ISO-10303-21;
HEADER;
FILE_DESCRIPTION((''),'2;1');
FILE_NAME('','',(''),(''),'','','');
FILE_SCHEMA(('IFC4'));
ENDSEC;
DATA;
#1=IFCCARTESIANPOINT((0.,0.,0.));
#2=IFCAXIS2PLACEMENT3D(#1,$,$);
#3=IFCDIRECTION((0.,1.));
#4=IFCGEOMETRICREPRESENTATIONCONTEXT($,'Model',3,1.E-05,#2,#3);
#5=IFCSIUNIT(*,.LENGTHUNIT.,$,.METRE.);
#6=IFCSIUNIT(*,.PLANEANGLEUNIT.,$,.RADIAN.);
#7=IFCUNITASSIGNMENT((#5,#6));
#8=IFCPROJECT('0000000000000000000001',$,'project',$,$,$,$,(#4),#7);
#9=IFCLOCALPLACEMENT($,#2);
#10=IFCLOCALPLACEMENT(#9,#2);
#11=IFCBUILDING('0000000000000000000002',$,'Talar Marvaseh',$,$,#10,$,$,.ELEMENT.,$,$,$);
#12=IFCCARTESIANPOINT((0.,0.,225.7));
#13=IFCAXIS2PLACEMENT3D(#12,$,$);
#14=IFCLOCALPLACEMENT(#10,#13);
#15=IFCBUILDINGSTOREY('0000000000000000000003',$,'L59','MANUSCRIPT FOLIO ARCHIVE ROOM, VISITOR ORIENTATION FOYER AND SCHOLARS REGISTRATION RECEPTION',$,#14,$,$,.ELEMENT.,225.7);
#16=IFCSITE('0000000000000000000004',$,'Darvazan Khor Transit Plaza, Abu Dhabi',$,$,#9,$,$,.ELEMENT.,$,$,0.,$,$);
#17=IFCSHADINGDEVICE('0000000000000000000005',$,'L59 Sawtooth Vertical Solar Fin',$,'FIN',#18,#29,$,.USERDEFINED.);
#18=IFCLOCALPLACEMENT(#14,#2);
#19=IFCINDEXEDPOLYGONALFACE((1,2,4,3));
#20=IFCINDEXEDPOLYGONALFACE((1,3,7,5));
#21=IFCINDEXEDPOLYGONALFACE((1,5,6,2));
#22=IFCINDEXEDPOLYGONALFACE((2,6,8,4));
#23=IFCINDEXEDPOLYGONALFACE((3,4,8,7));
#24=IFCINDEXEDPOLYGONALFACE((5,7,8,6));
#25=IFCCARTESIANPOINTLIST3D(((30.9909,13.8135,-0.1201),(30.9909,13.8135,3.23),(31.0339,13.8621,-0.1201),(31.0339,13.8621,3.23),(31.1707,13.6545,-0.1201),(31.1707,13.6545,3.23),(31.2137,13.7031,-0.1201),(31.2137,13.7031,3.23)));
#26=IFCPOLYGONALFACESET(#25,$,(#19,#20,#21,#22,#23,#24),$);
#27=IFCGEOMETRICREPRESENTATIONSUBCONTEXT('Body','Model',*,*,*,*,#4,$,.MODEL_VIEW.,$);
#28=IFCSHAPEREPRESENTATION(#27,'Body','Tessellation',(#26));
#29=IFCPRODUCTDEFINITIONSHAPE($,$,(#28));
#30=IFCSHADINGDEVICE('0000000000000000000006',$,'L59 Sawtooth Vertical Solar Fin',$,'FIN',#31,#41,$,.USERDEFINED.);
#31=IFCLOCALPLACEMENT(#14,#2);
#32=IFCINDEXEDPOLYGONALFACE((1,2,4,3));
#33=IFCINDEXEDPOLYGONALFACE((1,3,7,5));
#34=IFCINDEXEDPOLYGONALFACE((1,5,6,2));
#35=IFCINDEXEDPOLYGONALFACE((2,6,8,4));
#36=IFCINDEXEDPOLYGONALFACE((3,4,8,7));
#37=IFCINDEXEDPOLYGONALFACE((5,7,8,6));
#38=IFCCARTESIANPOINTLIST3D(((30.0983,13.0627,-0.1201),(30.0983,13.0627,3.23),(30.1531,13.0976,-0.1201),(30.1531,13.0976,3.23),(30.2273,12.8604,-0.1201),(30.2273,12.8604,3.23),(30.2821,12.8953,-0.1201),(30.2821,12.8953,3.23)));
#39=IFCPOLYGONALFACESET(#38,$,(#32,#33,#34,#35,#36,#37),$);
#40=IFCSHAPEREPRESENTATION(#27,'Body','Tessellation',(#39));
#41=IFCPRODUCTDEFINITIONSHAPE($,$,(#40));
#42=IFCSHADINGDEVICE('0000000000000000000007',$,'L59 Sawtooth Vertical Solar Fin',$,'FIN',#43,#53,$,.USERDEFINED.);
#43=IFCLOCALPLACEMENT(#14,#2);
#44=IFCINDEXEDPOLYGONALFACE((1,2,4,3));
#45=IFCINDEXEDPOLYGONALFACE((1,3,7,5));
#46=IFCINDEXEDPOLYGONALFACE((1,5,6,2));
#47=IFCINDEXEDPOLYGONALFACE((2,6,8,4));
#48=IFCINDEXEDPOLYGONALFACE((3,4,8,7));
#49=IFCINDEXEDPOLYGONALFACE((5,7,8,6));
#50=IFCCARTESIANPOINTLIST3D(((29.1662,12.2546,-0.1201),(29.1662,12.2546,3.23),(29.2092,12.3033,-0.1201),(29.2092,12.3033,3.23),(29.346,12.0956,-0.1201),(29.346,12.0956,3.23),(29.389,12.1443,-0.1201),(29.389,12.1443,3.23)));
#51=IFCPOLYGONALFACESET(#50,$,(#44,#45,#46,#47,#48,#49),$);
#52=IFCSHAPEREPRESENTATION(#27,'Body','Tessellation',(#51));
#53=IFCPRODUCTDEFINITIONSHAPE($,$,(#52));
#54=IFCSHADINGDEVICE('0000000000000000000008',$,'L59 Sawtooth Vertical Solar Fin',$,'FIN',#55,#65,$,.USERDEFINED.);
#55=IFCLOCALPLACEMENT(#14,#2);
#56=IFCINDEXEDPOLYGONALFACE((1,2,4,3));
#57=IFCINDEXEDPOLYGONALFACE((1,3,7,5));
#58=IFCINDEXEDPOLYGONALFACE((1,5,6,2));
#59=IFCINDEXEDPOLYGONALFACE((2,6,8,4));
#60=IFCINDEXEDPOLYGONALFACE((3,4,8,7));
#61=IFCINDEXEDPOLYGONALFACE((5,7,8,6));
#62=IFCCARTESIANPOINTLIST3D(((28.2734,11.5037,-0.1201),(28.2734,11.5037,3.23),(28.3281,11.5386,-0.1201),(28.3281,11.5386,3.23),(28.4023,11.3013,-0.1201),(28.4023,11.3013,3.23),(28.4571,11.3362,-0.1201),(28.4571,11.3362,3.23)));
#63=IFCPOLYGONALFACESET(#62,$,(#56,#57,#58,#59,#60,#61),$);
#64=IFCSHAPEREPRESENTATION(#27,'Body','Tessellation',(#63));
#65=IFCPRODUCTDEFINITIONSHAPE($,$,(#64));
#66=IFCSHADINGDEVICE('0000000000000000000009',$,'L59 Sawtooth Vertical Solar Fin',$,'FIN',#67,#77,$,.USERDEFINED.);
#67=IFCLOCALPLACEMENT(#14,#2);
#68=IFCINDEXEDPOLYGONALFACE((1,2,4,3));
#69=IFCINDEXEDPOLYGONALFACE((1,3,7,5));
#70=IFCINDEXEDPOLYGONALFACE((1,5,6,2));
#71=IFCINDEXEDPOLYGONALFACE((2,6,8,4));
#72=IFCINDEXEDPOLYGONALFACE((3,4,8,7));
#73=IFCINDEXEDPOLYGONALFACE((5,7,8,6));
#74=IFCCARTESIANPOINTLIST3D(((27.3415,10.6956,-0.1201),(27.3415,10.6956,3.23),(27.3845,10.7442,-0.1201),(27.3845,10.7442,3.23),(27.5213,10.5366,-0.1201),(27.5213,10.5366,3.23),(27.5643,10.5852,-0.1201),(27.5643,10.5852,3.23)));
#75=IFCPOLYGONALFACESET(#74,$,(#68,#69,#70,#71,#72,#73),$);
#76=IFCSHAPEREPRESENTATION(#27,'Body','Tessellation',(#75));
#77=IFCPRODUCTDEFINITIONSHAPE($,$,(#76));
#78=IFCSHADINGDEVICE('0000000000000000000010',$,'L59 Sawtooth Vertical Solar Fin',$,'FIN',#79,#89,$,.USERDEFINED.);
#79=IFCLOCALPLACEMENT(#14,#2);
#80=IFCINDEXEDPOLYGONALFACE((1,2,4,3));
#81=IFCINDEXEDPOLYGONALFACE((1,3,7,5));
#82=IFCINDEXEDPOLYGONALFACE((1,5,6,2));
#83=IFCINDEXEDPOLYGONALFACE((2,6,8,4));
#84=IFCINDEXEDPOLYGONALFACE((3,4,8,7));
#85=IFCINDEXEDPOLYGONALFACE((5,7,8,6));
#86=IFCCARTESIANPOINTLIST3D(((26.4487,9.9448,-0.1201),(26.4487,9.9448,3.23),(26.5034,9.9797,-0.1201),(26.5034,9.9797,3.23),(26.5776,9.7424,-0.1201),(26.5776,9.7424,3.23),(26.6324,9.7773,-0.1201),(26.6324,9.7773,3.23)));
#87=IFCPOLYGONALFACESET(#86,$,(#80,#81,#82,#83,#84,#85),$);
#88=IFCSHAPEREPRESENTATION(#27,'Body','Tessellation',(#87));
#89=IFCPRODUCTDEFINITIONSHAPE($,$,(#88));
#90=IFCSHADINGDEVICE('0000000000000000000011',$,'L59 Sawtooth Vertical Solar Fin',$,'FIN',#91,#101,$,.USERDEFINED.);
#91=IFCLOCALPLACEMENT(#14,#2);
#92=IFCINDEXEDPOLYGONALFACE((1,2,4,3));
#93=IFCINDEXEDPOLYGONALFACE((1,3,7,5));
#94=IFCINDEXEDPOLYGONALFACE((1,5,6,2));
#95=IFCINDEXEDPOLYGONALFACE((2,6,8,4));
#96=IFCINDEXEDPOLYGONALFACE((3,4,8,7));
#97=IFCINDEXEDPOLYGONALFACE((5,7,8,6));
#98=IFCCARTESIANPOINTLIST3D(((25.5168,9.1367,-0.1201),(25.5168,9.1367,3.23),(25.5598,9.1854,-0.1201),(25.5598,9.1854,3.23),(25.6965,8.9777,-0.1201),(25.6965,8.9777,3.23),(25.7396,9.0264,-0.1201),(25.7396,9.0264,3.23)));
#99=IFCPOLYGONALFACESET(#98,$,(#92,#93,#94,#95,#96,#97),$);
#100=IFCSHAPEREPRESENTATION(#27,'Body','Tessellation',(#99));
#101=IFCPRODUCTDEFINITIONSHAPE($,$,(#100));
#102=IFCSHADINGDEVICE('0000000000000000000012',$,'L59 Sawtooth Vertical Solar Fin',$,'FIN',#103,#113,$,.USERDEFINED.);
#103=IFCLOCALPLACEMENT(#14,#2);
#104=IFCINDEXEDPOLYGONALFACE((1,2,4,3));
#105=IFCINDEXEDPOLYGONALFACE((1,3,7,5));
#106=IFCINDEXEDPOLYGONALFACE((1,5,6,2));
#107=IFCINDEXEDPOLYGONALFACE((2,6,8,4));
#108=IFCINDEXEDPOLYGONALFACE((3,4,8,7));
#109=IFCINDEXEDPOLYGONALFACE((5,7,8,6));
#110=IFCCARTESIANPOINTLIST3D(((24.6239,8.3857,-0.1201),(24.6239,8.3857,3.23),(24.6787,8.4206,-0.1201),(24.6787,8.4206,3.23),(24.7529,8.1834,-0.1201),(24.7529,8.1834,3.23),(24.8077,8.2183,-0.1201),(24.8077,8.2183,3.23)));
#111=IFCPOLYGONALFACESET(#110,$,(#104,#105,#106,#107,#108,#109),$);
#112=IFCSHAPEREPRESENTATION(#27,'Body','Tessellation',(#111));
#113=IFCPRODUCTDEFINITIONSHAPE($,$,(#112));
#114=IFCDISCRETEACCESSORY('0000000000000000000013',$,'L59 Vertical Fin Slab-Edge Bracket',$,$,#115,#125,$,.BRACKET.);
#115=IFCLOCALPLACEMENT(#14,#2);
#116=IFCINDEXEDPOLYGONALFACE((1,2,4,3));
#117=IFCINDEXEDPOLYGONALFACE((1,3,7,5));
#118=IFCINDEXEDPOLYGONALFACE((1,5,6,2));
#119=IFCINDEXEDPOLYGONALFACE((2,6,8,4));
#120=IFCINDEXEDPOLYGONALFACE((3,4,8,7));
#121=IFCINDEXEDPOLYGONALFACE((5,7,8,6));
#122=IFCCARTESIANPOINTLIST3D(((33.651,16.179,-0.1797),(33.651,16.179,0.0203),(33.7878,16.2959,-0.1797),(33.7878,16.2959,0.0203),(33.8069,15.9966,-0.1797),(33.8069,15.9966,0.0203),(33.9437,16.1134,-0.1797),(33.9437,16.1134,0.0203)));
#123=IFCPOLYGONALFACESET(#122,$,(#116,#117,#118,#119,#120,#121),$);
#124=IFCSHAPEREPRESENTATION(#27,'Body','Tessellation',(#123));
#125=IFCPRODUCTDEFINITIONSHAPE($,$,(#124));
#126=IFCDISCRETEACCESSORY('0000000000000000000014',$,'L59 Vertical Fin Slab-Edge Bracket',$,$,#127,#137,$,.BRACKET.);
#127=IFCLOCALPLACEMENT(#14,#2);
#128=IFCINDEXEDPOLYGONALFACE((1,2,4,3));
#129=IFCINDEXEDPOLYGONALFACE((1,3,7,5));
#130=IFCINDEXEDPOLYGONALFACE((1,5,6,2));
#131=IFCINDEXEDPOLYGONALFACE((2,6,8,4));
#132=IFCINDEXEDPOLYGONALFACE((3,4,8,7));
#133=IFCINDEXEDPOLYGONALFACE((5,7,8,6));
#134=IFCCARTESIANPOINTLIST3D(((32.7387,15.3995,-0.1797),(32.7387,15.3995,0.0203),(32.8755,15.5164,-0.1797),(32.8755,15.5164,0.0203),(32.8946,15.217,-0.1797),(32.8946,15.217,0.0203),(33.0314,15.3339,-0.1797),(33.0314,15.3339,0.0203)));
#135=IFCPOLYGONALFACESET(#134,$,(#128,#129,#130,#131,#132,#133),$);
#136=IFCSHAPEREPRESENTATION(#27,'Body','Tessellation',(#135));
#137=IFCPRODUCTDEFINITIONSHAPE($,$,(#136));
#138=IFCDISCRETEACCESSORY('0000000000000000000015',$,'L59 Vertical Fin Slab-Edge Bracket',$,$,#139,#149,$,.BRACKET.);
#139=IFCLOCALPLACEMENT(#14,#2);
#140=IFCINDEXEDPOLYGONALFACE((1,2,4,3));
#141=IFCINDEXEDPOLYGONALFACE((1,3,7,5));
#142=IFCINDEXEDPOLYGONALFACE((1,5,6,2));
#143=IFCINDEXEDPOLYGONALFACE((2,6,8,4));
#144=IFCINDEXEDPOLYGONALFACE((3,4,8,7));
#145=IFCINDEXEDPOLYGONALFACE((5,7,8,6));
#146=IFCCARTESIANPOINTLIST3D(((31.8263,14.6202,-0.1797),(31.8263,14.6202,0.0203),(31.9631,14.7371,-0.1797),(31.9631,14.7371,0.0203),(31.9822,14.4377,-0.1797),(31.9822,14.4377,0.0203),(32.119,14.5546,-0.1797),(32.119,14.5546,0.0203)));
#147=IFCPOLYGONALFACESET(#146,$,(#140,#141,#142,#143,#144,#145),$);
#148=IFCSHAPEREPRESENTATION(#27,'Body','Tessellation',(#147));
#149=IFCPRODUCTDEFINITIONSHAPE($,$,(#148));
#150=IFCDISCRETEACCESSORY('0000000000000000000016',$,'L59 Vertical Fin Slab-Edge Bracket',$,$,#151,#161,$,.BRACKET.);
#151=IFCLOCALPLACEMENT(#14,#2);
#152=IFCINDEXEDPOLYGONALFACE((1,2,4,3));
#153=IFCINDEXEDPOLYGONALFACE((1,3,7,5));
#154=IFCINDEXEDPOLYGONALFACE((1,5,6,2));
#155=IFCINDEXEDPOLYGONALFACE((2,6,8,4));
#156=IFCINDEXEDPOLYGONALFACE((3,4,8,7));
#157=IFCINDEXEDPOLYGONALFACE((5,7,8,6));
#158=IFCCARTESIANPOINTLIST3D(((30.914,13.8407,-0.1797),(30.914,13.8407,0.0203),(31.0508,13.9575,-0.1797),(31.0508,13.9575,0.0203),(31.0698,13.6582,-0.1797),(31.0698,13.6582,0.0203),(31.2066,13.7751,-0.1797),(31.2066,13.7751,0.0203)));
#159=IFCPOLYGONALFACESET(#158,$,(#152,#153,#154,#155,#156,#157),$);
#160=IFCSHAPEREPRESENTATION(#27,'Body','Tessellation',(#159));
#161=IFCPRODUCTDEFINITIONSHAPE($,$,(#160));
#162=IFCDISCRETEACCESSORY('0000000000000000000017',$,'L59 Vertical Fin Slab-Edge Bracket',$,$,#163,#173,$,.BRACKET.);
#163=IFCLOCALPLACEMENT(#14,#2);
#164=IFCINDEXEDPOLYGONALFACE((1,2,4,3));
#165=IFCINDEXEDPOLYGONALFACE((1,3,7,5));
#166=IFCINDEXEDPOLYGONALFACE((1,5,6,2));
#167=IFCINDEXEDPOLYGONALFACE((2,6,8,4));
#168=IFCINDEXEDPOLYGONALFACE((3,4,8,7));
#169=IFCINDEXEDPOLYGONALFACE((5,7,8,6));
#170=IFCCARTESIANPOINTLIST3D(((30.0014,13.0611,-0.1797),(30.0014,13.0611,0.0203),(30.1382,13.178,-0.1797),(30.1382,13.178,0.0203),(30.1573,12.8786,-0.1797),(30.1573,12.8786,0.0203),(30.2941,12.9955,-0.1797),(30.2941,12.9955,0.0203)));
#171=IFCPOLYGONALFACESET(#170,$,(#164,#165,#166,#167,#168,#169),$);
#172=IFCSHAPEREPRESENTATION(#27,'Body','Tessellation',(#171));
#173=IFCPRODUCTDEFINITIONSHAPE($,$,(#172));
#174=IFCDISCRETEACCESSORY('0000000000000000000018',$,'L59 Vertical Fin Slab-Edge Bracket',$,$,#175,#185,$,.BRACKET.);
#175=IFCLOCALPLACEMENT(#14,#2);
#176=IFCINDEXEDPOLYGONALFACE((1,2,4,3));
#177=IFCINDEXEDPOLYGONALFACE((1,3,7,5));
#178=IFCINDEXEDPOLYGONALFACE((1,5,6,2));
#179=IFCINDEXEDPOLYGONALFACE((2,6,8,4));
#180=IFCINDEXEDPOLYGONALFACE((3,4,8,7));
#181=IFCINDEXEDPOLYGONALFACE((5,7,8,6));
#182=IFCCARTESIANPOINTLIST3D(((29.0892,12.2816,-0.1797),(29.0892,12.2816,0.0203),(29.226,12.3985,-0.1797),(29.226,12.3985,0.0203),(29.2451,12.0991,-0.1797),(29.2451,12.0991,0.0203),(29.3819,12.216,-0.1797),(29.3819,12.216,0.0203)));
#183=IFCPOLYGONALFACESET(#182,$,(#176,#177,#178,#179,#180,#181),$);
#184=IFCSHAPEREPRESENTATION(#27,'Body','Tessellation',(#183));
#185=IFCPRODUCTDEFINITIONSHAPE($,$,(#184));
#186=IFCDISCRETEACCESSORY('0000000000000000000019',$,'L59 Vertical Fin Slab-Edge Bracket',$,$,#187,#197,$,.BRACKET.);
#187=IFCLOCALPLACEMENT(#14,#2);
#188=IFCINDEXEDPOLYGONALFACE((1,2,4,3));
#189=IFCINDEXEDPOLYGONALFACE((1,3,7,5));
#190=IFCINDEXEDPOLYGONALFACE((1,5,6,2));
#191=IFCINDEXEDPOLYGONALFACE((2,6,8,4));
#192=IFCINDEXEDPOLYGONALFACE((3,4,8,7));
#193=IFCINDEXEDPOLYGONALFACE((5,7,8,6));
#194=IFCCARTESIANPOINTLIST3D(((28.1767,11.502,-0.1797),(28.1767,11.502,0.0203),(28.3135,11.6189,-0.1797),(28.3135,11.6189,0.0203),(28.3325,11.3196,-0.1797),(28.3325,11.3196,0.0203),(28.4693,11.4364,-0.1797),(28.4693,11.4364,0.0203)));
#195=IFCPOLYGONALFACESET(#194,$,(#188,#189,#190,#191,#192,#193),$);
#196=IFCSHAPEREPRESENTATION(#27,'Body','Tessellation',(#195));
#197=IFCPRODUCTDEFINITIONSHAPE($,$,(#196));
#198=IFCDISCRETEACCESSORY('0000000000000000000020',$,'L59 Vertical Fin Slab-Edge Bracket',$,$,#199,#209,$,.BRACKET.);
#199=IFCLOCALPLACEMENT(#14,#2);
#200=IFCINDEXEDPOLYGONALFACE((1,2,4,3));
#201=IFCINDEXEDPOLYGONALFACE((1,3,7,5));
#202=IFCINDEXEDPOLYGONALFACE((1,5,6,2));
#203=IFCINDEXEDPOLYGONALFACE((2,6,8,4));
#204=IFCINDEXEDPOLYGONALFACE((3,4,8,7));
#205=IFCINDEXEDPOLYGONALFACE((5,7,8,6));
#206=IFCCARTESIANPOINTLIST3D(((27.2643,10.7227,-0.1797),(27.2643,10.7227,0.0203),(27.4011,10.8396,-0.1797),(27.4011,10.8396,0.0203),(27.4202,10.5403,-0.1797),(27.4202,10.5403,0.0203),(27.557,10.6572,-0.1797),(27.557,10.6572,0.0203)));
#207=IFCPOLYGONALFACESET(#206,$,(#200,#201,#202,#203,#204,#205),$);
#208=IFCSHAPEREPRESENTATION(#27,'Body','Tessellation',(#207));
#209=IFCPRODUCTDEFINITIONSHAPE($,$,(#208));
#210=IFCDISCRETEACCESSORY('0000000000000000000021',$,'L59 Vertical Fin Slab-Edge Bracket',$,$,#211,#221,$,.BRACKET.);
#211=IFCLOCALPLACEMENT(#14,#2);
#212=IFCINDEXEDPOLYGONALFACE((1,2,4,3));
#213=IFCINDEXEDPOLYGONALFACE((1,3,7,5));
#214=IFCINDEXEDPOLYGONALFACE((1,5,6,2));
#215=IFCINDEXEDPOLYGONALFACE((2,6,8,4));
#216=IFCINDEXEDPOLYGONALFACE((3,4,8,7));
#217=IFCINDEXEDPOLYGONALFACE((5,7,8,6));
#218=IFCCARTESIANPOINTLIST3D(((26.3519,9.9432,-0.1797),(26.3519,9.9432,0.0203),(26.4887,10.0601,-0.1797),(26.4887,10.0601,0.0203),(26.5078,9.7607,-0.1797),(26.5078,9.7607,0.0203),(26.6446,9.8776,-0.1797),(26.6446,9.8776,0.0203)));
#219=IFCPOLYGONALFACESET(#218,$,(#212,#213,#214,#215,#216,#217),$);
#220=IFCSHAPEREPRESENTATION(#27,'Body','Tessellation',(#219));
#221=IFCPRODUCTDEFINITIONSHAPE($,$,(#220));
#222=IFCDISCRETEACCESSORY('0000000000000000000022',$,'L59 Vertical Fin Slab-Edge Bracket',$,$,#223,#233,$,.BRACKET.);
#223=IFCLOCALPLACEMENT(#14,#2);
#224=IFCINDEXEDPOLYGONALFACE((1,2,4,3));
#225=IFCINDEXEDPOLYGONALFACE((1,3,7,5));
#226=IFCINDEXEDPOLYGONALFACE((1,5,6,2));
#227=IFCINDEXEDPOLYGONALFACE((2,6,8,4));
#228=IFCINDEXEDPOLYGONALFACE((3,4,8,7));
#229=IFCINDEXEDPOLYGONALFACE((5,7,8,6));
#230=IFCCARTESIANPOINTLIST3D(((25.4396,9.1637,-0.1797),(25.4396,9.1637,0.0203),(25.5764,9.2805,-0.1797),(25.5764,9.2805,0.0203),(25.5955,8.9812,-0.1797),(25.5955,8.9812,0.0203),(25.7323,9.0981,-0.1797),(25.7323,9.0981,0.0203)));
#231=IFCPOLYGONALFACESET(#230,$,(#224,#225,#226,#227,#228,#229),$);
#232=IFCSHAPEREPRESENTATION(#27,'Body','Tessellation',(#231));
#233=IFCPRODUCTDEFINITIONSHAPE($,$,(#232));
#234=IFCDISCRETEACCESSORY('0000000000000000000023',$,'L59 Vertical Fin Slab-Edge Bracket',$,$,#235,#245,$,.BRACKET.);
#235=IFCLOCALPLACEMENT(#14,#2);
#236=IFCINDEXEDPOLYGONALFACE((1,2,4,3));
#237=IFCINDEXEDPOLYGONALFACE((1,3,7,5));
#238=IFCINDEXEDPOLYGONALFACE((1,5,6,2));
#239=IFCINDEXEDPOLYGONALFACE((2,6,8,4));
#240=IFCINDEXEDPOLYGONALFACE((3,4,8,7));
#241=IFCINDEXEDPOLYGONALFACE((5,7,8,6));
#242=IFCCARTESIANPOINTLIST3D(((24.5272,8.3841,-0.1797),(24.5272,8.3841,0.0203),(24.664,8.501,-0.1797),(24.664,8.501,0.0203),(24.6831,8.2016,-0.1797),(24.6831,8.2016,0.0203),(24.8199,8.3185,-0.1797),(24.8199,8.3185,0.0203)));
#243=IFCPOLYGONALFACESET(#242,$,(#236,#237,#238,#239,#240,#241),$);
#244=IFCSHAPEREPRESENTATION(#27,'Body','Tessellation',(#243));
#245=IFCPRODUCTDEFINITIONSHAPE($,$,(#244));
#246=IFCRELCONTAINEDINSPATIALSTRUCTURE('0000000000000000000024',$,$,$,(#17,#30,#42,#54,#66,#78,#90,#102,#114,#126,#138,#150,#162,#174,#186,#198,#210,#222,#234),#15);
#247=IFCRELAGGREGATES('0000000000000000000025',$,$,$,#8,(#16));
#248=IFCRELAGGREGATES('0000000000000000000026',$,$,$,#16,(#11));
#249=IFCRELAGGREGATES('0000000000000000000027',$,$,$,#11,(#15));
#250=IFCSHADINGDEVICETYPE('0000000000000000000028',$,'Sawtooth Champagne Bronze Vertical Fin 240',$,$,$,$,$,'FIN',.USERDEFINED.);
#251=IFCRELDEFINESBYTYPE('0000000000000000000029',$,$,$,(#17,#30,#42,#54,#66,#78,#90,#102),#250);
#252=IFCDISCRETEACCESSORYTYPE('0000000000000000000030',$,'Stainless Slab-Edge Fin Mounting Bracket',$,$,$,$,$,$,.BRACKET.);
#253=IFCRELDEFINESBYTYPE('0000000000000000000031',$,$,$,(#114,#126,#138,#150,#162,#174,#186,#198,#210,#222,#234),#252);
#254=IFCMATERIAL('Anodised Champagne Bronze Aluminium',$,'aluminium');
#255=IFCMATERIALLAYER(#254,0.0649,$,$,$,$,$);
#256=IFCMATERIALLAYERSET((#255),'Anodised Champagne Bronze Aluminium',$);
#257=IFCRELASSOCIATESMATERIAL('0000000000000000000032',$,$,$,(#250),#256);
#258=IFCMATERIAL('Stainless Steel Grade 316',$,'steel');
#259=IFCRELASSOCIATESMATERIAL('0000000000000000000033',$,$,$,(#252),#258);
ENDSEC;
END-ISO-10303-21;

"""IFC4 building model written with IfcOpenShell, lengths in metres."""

from ifc_helpers import new_model, si_unit, direction, frame, origin, origin_2d, place, context, subcontext, project, spatial, rectangle, extrude, source, transform, mapped, material, layer, layer_set, type_object, type_shapes, element, save


model = new_model("IFC4")

# Units and contexts
model_context = context("Model", 3, precision=1e-05, world=origin(), true_north=direction((0.0, 1.0)))
body_context = subcontext(model_context, "Body", "Model", "MODEL_VIEW")
ifc_project = project(units=[si_unit("LENGTHUNIT", "METRE"), si_unit("PLANEANGLEUNIT", "RADIAN")], contexts=[model_context])

# Site, building, storey
site_placement = place(None, origin())
site = spatial("IfcSite", under=ifc_project, at=site_placement, Name="Darvazan Khor Transit Plaza, Abu Dhabi", CompositionType="ELEMENT", RefElevation=0.0)
building_placement = place(site_placement, origin())
building = spatial("IfcBuilding", under=site, at=building_placement, Name="Talar Marvaseh", CompositionType="ELEMENT")
storey_placement = place(building_placement, frame((0.0, 0.0, 225.7)))
storey = spatial("IfcBuildingStorey", under=building, at=storey_placement, Name="L59", Description="MANUSCRIPT FOLIO ARCHIVE ROOM, VISITOR ORIENTATION FOYER AND SCHOLARS REGISTRATION RECEPTION", CompositionType="ELEMENT", Elevation=225.7)

# Shading devices
ifc_material_1 = material(Name="Anodised Champagne Bronze Aluminium", Category="aluminium")
ifc_layer_1 = layer(ifc_material_1, 0.0649)
ifc_layer_set_1 = layer_set([ifc_layer_1], Name="Anodised Champagne Bronze Aluminium")
shading_device_type = type_object("IfcShadingDeviceType", Name="Sawtooth Champagne Bronze Vertical Fin 240", ElementType="FIN", PredefinedType="USERDEFINED", material=ifc_layer_set_1)
shared_shape_1 = source(origin(), body_context, "Body", "SweptSolid", [
    extrude(rectangle(XDim=0.24, YDim=0.0649, at=origin_2d()), origin(), (0.0, 0.0, 1.0), 3.3501),
])
type_shapes(shading_device_type, [shared_shape_1])
for number, where, z_axis, x_axis, name in (
    (1, (31.1023, 13.7583, -0.1201), (0.0, 0.0, 1.0), (0.749071, -0.662489, 0.0), "L59 Sawtooth Vertical Solar Fin"),
    (2, (30.1902, 12.979, -0.1201), (0.0, 0.0, 1.0), (0.537447, -0.843298, 0.0), "L59 Sawtooth Vertical Solar Fin"),
    (3, (29.2776, 12.1995, -0.1201), (0.0, 0.0, 1.0), (0.749071, -0.662489, 0.0), "L59 Sawtooth Vertical Solar Fin"),
    (4, (28.3652, 11.4199, -0.1201), (0.0, 0.0, 1.0), (0.537447, -0.843298, 0.0), "L59 Sawtooth Vertical Solar Fin"),
    (5, (27.4529, 10.6404, -0.1201), (0.0, 0.0, 1.0), (0.749071, -0.662489, 0.0), "L59 Sawtooth Vertical Solar Fin"),
    (6, (26.5405, 9.8611, -0.1201), (0.0, 0.0, 1.0), (0.537447, -0.843298, 0.0), "L59 Sawtooth Vertical Solar Fin"),
    (7, (25.6282, 9.0815, -0.1201), (0.0, 0.0, 1.0), (0.749071, -0.662489, 0.0), "L59 Sawtooth Vertical Solar Fin"),
    (8, (24.7158, 8.302, -0.1201), (0.0, 0.0, 1.0), (0.537447, -0.843298, 0.0), "L59 Sawtooth Vertical Solar Fin"),
):
    element("IfcShadingDevice", number, at=place(storey_placement, frame(where, z_axis=z_axis, x_axis=x_axis)), inside=storey, type_object=shading_device_type, Name=name, ObjectType="FIN", PredefinedType="USERDEFINED", context=body_context, shape_type="MappedRepresentation", body=[
        mapped(shared_shape_1, transform((0.0, 0.0, 0.0), x_axis=(1.0, 0.0, 0.0), y_axis=(0.0, 1.0, 0.0), z_axis=(0.0, 0.0, 1.0), scale=1.0)),
    ])

# Discrete accessories
ifc_material_2 = material(Name="Stainless Steel Grade 316", Category="steel")
discrete_accessory_type = type_object("IfcDiscreteAccessoryType", Name="Stainless Slab-Edge Fin Mounting Bracket", PredefinedType="BRACKET", material=ifc_material_2)
shared_shape_2 = source(origin(), body_context, "Body", "SweptSolid", [
    extrude(rectangle(XDim=0.24, YDim=0.1799, at=origin_2d()), origin(), (0.0, 0.0, 1.0), 0.2),
])
type_shapes(discrete_accessory_type, [shared_shape_2])
for number, where, z_axis, x_axis, name in (
    (9, (33.7974, 16.1462, -0.1797), (0.0, 0.0, 1.0), (0.649581, -0.760293, 0.0), "L59 Vertical Fin Slab-Edge Bracket"),
    (10, (32.885, 15.3667, -0.1797), (0.0, 0.0, 1.0), (0.649581, -0.760293, 0.0), "L59 Vertical Fin Slab-Edge Bracket"),
    (11, (31.9727, 14.5874, -0.1797), (0.0, 0.0, 1.0), (0.649581, -0.760293, 0.0), "L59 Vertical Fin Slab-Edge Bracket"),
    (12, (31.0603, 13.8079, -0.1797), (0.0, 0.0, 1.0), (0.649581, -0.760293, 0.0), "L59 Vertical Fin Slab-Edge Bracket"),
    (13, (30.1477, 13.0283, -0.1797), (0.0, 0.0, 1.0), (0.649581, -0.760293, 0.0), "L59 Vertical Fin Slab-Edge Bracket"),
    (14, (29.2356, 12.2488, -0.1797), (0.0, 0.0, 1.0), (0.649581, -0.760293, 0.0), "L59 Vertical Fin Slab-Edge Bracket"),
    (15, (28.323, 11.4692, -0.1797), (0.0, 0.0, 1.0), (0.649581, -0.760293, 0.0), "L59 Vertical Fin Slab-Edge Bracket"),
    (16, (27.4106, 10.6899, -0.1797), (0.0, 0.0, 1.0), (0.649581, -0.760293, 0.0), "L59 Vertical Fin Slab-Edge Bracket"),
    (17, (26.4983, 9.9104, -0.1797), (0.0, 0.0, 1.0), (0.649581, -0.760293, 0.0), "L59 Vertical Fin Slab-Edge Bracket"),
    (18, (25.5859, 9.1309, -0.1797), (0.0, 0.0, 1.0), (0.649581, -0.760293, 0.0), "L59 Vertical Fin Slab-Edge Bracket"),
    (19, (24.6736, 8.3513, -0.1797), (0.0, 0.0, 1.0), (0.649581, -0.760293, 0.0), "L59 Vertical Fin Slab-Edge Bracket"),
):
    element("IfcDiscreteAccessory", number, at=place(storey_placement, frame(where, z_axis=z_axis, x_axis=x_axis)), inside=storey, type_object=discrete_accessory_type, Name=name, PredefinedType="BRACKET", context=body_context, shape_type="MappedRepresentation", body=[
        mapped(shared_shape_2, transform((0.0, 0.0, 0.0), x_axis=(1.0, 0.0, 0.0), y_axis=(0.0, 1.0, 0.0), z_axis=(0.0, 0.0, 1.0), scale=1.0)),
    ])

save(model, "model.ifc")
